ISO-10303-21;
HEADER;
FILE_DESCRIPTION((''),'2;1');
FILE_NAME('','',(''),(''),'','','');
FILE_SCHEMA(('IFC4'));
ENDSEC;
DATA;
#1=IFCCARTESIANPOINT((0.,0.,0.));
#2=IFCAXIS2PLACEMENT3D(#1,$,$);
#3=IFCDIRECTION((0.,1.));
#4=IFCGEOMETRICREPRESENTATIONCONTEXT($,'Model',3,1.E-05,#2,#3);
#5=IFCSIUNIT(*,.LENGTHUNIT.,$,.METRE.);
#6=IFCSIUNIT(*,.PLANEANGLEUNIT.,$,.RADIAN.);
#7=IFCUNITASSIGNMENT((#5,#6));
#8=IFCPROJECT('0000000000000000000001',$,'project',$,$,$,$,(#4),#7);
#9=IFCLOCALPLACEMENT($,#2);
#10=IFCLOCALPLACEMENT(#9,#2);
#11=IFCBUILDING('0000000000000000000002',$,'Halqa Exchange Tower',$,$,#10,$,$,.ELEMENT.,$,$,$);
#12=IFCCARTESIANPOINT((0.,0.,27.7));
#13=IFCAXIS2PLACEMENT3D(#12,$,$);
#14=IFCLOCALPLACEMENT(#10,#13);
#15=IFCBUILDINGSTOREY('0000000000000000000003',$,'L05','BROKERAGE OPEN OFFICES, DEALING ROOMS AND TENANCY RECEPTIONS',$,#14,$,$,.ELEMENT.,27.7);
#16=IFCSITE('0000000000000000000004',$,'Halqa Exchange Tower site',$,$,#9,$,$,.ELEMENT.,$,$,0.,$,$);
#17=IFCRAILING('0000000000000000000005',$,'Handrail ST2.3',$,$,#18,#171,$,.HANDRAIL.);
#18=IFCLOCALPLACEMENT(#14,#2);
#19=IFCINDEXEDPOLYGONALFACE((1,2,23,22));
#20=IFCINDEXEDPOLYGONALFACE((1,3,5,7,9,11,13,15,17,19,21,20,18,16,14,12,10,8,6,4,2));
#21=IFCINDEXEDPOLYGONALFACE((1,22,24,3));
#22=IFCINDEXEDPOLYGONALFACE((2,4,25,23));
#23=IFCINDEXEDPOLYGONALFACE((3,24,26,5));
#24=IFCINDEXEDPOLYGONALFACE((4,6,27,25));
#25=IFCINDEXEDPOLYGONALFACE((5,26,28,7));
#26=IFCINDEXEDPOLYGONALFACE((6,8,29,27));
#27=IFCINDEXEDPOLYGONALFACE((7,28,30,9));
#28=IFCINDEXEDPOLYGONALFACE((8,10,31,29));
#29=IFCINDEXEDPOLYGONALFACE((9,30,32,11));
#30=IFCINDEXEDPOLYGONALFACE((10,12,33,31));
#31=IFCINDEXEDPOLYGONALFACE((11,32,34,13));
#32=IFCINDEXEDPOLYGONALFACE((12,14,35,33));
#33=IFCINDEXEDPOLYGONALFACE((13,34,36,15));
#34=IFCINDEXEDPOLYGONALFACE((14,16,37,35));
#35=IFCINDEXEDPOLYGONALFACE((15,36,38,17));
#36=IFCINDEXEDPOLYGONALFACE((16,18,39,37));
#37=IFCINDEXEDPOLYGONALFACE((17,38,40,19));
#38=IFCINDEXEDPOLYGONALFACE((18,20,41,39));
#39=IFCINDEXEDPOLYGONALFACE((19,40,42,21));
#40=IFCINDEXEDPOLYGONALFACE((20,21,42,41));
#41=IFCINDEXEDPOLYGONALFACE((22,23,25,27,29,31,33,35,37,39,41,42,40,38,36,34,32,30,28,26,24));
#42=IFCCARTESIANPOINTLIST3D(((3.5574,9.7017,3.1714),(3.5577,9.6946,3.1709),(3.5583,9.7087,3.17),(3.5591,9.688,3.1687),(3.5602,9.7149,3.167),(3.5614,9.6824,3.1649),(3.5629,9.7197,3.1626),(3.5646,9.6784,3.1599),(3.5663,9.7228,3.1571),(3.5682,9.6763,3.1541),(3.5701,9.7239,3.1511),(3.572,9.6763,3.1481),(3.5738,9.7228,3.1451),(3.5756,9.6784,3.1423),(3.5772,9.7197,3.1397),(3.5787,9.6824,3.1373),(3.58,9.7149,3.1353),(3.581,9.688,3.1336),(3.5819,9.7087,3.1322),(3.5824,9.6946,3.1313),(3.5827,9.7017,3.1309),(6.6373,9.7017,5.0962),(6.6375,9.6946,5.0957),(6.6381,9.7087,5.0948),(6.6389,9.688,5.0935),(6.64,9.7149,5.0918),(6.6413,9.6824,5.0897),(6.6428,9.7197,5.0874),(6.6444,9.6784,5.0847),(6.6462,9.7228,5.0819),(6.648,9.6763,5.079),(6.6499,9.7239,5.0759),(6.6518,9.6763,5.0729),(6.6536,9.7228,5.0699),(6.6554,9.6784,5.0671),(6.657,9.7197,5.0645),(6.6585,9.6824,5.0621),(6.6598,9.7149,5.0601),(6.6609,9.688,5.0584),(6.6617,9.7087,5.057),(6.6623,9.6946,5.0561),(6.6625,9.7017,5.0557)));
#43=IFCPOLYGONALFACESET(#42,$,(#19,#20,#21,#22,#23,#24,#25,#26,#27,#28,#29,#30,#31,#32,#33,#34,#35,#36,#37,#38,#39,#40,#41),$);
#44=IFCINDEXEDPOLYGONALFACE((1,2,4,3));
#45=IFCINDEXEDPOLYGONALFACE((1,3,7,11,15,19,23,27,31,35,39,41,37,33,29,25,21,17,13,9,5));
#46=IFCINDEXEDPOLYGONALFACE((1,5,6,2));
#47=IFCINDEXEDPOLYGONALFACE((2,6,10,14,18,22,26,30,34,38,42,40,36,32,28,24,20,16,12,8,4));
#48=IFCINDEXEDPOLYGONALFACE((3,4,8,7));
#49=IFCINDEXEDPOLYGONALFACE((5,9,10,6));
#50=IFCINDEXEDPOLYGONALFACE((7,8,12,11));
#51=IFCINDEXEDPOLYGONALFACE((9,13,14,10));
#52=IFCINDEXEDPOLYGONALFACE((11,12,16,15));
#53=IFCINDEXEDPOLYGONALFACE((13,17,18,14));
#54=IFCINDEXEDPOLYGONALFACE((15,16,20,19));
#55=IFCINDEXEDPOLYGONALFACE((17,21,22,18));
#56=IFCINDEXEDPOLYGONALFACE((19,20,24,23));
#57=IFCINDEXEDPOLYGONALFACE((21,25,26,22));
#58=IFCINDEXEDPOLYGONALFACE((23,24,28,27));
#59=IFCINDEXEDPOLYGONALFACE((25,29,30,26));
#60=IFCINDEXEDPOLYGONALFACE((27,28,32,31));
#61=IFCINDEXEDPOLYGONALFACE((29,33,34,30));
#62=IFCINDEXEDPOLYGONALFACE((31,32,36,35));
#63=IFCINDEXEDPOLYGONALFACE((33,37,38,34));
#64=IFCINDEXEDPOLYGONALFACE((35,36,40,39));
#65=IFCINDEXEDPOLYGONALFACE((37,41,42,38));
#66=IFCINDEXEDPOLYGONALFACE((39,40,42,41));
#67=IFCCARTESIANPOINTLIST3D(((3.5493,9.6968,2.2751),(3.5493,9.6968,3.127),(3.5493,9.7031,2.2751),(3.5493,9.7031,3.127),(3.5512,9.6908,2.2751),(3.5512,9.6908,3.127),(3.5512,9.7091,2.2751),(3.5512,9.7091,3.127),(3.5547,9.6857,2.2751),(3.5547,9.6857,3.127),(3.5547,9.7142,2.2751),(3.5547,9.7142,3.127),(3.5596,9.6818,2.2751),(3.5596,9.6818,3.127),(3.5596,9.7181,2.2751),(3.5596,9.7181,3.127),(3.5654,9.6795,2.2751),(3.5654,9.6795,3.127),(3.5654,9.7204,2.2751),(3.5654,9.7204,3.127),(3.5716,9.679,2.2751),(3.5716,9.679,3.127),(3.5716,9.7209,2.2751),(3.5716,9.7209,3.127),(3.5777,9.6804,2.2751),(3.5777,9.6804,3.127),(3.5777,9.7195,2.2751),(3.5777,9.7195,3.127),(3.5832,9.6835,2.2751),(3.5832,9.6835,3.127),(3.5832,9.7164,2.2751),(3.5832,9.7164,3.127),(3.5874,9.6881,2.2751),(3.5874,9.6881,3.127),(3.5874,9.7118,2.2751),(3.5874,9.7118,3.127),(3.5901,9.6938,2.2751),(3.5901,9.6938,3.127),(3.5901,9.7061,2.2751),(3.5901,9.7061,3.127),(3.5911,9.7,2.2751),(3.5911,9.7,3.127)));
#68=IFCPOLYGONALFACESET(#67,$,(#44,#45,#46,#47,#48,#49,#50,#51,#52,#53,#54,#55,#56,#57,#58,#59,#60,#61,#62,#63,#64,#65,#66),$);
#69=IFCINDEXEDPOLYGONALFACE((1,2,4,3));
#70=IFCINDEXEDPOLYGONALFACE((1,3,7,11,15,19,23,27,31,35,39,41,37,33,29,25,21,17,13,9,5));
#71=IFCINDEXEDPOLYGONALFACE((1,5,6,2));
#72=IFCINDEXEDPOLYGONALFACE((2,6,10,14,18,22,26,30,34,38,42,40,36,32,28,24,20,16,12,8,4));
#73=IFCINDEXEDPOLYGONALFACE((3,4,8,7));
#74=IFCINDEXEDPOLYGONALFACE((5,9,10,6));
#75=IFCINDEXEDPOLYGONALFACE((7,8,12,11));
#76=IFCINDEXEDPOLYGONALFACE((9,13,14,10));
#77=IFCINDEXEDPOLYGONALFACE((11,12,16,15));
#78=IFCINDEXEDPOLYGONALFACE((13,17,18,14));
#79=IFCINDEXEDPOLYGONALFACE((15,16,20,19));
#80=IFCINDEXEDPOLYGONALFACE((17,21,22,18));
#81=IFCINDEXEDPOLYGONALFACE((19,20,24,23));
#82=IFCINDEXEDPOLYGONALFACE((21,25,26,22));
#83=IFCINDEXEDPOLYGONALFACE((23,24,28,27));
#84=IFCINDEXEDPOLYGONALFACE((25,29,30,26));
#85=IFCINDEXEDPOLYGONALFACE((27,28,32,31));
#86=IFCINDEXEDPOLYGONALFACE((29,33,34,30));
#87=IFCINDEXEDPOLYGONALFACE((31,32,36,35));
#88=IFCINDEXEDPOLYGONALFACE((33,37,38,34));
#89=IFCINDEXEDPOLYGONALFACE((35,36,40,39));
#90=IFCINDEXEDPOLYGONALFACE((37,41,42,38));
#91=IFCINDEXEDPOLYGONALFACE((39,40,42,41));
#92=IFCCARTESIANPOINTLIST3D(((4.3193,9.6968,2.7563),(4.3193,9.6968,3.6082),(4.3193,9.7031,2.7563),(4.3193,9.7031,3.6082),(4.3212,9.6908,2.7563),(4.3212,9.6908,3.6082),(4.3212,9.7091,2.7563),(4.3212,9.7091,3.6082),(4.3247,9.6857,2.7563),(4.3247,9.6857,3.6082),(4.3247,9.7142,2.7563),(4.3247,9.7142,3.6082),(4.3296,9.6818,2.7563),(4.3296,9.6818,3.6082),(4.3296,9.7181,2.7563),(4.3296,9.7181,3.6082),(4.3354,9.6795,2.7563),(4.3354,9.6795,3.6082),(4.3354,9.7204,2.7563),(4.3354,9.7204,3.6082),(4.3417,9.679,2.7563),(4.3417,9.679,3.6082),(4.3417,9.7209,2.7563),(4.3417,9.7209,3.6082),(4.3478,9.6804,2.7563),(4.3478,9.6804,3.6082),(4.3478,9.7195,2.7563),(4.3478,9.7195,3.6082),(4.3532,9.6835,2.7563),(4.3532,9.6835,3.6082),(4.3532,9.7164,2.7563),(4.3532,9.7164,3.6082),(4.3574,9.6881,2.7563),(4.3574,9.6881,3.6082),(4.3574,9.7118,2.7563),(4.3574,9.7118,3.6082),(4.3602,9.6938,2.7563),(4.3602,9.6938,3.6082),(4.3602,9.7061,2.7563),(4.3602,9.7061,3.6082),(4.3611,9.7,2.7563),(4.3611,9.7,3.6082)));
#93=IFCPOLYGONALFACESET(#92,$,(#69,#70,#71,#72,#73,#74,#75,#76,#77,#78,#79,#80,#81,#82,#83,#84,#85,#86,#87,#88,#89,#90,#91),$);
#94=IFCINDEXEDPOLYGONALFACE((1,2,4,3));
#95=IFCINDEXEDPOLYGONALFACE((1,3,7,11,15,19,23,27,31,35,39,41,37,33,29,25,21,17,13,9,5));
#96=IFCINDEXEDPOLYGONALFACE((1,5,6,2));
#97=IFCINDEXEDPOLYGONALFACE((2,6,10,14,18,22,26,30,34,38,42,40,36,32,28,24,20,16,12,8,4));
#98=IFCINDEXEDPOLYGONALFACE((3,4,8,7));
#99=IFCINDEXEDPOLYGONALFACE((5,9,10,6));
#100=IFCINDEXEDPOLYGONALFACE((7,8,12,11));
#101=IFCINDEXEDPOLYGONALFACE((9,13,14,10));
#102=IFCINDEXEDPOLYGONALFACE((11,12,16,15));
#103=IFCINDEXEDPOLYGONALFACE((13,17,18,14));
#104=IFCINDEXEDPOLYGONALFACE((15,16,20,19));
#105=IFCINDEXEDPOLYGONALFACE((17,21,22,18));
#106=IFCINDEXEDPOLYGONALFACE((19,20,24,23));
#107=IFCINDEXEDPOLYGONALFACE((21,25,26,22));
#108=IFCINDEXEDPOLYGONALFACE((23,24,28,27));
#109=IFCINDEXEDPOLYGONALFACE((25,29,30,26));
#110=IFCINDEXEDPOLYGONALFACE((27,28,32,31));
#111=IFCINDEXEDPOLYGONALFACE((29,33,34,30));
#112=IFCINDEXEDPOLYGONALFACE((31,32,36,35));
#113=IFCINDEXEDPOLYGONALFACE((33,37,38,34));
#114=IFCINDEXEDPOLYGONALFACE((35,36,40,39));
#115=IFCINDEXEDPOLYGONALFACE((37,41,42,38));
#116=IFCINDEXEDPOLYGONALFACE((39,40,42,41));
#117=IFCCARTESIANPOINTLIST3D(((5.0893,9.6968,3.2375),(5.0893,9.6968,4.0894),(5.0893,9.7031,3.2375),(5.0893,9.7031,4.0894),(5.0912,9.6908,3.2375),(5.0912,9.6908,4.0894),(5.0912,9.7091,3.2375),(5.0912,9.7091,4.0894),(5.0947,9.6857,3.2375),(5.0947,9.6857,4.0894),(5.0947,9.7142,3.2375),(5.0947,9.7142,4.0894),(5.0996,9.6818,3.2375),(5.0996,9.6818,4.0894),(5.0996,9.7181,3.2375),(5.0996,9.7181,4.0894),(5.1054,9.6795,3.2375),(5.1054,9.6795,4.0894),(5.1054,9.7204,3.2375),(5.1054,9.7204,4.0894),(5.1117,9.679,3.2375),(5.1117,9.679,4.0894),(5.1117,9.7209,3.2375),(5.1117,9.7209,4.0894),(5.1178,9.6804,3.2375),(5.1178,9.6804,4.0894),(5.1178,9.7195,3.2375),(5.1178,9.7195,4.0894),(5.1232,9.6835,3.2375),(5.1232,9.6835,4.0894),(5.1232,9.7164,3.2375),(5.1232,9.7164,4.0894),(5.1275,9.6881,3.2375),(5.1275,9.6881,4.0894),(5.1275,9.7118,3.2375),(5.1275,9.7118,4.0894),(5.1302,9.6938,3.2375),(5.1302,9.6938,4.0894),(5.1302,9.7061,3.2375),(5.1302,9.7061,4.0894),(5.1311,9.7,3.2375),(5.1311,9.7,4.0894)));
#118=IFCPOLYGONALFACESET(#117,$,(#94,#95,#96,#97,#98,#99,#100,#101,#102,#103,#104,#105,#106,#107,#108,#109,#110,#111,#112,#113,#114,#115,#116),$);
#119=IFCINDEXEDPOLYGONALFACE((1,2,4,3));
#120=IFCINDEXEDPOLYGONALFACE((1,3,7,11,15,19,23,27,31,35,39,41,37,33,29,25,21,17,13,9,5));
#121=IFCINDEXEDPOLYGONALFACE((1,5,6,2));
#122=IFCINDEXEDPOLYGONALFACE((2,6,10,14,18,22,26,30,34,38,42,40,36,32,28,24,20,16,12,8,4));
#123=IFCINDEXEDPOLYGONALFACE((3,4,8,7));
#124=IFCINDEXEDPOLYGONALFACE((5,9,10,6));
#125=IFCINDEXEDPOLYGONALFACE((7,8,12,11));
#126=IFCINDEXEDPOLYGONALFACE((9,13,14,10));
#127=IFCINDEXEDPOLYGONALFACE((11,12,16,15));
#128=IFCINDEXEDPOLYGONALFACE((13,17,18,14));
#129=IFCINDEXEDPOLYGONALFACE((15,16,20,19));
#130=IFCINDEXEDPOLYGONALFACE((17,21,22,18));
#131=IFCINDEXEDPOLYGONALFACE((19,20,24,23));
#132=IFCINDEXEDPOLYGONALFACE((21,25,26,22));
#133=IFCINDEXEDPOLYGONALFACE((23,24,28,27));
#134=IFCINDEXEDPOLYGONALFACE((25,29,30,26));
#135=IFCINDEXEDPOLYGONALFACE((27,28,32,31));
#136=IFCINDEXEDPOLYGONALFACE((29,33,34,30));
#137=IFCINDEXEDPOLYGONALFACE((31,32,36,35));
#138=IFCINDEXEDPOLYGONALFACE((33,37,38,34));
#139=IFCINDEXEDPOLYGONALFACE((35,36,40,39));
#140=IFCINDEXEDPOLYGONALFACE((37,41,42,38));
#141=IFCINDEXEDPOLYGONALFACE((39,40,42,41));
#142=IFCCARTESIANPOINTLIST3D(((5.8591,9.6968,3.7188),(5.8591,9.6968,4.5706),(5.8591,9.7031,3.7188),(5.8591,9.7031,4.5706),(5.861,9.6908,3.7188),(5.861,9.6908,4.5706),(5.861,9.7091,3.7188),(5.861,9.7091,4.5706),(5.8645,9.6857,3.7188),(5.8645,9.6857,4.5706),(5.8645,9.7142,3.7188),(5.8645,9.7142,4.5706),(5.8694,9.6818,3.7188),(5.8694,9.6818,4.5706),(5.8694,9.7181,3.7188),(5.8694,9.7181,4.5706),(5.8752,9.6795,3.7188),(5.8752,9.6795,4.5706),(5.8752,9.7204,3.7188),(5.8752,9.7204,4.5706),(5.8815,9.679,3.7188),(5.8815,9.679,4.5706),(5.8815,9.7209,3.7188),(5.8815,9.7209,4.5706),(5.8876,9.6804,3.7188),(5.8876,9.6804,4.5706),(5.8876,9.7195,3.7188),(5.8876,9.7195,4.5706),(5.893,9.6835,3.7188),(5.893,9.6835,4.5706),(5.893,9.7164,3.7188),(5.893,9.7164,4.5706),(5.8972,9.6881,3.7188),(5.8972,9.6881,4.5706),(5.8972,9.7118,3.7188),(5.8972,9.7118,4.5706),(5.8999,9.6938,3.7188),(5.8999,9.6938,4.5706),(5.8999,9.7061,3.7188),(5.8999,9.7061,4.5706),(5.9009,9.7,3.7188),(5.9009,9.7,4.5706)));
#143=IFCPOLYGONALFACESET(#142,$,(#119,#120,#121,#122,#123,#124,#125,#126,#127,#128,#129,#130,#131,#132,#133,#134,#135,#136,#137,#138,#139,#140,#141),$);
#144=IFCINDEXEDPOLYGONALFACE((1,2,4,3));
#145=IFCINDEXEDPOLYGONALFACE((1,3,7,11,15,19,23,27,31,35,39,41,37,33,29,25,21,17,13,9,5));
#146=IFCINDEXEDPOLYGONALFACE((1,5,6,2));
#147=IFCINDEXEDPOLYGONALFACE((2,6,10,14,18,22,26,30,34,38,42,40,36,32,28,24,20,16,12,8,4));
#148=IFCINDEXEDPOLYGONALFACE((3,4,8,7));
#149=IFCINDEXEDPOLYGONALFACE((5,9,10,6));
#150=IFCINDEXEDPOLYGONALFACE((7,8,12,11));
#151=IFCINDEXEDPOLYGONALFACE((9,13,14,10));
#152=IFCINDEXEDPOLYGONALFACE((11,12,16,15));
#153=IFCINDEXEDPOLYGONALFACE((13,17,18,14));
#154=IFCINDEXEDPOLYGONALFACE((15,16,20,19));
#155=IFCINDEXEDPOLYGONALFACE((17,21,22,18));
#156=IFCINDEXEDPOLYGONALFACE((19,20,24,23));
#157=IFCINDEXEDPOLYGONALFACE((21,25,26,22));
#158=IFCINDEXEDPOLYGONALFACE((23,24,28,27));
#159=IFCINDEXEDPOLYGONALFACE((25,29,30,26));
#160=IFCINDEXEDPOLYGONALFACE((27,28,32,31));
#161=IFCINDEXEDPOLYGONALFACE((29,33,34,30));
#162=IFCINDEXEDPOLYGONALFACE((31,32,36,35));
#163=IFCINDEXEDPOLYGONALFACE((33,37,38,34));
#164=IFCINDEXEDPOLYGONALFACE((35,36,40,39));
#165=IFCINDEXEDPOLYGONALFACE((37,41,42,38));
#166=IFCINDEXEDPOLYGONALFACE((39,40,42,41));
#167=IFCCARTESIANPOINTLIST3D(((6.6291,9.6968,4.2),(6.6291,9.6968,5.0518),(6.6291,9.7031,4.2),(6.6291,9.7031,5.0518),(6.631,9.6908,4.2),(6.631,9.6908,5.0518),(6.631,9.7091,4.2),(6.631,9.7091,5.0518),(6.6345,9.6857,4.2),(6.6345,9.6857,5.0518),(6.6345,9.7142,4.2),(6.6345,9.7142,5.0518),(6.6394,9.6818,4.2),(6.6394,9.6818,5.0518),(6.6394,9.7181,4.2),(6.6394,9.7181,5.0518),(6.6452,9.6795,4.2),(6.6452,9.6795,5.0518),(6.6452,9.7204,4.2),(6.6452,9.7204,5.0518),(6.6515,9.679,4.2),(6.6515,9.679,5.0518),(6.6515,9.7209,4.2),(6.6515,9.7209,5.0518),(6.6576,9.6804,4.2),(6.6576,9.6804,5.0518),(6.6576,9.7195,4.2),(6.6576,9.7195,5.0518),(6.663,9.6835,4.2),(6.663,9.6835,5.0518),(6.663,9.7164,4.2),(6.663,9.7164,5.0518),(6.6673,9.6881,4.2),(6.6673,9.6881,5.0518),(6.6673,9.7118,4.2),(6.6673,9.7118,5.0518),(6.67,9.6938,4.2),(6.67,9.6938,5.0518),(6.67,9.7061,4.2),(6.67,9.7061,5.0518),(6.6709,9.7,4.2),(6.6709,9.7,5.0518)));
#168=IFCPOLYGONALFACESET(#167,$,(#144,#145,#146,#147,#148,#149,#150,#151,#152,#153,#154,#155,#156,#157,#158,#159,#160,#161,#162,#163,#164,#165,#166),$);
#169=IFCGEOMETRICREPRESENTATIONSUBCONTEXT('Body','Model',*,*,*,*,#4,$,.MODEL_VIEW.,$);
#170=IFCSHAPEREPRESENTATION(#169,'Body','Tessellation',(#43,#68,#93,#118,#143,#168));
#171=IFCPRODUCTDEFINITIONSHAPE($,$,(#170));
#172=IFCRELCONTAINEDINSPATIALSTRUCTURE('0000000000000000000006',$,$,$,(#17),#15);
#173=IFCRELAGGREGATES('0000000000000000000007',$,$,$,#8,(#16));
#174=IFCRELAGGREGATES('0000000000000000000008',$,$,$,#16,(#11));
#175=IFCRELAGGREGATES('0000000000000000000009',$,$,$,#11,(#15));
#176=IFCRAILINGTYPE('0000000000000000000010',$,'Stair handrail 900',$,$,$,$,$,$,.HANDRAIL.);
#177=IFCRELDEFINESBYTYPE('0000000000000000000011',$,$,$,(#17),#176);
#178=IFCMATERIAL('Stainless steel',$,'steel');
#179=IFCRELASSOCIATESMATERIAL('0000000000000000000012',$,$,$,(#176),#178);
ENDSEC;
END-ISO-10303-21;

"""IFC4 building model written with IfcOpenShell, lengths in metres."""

from ifc_helpers import new_model, si_unit, direction, frame, origin, origin_2d, place, context, subcontext, project, spatial, circle, extrude, material, type_object, element, save


model = new_model("IFC4")

# Units and contexts
model_context = context("Model", 3, precision=1e-05, world=origin(), true_north=direction((0.0, 1.0)))
body_context = subcontext(model_context, "Body", "Model", "MODEL_VIEW")
ifc_project = project(units=[si_unit("LENGTHUNIT", "METRE"), si_unit("PLANEANGLEUNIT", "RADIAN")], contexts=[model_context])

# Site, building, storey
site_placement = place(None, origin())
site = spatial("IfcSite", under=ifc_project, at=site_placement, Name="Halqa Exchange Tower site", CompositionType="ELEMENT", RefElevation=0.0)
building_placement = place(site_placement, origin())
building = spatial("IfcBuilding", under=site, at=building_placement, Name="Halqa Exchange Tower", CompositionType="ELEMENT")
storey_placement = place(building_placement, frame((0.0, 0.0, 27.7)))
storey = spatial("IfcBuildingStorey", under=building, at=storey_placement, Name="L05", Description="BROKERAGE OPEN OFFICES, DEALING ROOMS AND TENANCY RECEPTIONS", CompositionType="ELEMENT", Elevation=27.7)

# Railing
ifc_material_1 = material(Name="Stainless steel", Category="steel")
railing_type_1 = type_object("IfcRailingType", Name="Stair handrail 900", PredefinedType="HANDRAIL", material=ifc_material_1)
railing_1_placement = place(storey_placement, frame((3.5701, 9.7, 2.2751)))
element("IfcRailing", 1, at=railing_1_placement, inside=storey, type_object=railing_type_1, Name="Handrail ST2.3", PredefinedType="HANDRAIL", context=body_context, shape_type="SweptSolid", body=[
    extrude(circle(Radius=0.0239, at=origin_2d()), frame((0.0, 0.0, 0.876), z_axis=(0.84801, 0.0, 0.529981), x_axis=(0.0, 1.0, 0.0)), (0.0, 0.0, 1.0), 3.6318),
    extrude(circle(Radius=0.021, at=origin_2d()), origin(), (0.0, 0.0, 1.0), 0.8518),
    extrude(circle(Radius=0.021, at=origin_2d()), frame((0.77, 0.0, 0.4812)), (0.0, 0.0, 1.0), 0.8518),
    extrude(circle(Radius=0.021, at=origin_2d()), frame((1.54, 0.0, 0.9624)), (0.0, 0.0, 1.0), 0.8518),
    extrude(circle(Radius=0.021, at=origin_2d()), frame((2.3098, 0.0, 1.4436)), (0.0, 0.0, 1.0), 0.8518),
    extrude(circle(Radius=0.021, at=origin_2d()), frame((3.0798, 0.0, 1.9248)), (0.0, 0.0, 1.0), 0.8518),
])

save(model, "model.ifc")
